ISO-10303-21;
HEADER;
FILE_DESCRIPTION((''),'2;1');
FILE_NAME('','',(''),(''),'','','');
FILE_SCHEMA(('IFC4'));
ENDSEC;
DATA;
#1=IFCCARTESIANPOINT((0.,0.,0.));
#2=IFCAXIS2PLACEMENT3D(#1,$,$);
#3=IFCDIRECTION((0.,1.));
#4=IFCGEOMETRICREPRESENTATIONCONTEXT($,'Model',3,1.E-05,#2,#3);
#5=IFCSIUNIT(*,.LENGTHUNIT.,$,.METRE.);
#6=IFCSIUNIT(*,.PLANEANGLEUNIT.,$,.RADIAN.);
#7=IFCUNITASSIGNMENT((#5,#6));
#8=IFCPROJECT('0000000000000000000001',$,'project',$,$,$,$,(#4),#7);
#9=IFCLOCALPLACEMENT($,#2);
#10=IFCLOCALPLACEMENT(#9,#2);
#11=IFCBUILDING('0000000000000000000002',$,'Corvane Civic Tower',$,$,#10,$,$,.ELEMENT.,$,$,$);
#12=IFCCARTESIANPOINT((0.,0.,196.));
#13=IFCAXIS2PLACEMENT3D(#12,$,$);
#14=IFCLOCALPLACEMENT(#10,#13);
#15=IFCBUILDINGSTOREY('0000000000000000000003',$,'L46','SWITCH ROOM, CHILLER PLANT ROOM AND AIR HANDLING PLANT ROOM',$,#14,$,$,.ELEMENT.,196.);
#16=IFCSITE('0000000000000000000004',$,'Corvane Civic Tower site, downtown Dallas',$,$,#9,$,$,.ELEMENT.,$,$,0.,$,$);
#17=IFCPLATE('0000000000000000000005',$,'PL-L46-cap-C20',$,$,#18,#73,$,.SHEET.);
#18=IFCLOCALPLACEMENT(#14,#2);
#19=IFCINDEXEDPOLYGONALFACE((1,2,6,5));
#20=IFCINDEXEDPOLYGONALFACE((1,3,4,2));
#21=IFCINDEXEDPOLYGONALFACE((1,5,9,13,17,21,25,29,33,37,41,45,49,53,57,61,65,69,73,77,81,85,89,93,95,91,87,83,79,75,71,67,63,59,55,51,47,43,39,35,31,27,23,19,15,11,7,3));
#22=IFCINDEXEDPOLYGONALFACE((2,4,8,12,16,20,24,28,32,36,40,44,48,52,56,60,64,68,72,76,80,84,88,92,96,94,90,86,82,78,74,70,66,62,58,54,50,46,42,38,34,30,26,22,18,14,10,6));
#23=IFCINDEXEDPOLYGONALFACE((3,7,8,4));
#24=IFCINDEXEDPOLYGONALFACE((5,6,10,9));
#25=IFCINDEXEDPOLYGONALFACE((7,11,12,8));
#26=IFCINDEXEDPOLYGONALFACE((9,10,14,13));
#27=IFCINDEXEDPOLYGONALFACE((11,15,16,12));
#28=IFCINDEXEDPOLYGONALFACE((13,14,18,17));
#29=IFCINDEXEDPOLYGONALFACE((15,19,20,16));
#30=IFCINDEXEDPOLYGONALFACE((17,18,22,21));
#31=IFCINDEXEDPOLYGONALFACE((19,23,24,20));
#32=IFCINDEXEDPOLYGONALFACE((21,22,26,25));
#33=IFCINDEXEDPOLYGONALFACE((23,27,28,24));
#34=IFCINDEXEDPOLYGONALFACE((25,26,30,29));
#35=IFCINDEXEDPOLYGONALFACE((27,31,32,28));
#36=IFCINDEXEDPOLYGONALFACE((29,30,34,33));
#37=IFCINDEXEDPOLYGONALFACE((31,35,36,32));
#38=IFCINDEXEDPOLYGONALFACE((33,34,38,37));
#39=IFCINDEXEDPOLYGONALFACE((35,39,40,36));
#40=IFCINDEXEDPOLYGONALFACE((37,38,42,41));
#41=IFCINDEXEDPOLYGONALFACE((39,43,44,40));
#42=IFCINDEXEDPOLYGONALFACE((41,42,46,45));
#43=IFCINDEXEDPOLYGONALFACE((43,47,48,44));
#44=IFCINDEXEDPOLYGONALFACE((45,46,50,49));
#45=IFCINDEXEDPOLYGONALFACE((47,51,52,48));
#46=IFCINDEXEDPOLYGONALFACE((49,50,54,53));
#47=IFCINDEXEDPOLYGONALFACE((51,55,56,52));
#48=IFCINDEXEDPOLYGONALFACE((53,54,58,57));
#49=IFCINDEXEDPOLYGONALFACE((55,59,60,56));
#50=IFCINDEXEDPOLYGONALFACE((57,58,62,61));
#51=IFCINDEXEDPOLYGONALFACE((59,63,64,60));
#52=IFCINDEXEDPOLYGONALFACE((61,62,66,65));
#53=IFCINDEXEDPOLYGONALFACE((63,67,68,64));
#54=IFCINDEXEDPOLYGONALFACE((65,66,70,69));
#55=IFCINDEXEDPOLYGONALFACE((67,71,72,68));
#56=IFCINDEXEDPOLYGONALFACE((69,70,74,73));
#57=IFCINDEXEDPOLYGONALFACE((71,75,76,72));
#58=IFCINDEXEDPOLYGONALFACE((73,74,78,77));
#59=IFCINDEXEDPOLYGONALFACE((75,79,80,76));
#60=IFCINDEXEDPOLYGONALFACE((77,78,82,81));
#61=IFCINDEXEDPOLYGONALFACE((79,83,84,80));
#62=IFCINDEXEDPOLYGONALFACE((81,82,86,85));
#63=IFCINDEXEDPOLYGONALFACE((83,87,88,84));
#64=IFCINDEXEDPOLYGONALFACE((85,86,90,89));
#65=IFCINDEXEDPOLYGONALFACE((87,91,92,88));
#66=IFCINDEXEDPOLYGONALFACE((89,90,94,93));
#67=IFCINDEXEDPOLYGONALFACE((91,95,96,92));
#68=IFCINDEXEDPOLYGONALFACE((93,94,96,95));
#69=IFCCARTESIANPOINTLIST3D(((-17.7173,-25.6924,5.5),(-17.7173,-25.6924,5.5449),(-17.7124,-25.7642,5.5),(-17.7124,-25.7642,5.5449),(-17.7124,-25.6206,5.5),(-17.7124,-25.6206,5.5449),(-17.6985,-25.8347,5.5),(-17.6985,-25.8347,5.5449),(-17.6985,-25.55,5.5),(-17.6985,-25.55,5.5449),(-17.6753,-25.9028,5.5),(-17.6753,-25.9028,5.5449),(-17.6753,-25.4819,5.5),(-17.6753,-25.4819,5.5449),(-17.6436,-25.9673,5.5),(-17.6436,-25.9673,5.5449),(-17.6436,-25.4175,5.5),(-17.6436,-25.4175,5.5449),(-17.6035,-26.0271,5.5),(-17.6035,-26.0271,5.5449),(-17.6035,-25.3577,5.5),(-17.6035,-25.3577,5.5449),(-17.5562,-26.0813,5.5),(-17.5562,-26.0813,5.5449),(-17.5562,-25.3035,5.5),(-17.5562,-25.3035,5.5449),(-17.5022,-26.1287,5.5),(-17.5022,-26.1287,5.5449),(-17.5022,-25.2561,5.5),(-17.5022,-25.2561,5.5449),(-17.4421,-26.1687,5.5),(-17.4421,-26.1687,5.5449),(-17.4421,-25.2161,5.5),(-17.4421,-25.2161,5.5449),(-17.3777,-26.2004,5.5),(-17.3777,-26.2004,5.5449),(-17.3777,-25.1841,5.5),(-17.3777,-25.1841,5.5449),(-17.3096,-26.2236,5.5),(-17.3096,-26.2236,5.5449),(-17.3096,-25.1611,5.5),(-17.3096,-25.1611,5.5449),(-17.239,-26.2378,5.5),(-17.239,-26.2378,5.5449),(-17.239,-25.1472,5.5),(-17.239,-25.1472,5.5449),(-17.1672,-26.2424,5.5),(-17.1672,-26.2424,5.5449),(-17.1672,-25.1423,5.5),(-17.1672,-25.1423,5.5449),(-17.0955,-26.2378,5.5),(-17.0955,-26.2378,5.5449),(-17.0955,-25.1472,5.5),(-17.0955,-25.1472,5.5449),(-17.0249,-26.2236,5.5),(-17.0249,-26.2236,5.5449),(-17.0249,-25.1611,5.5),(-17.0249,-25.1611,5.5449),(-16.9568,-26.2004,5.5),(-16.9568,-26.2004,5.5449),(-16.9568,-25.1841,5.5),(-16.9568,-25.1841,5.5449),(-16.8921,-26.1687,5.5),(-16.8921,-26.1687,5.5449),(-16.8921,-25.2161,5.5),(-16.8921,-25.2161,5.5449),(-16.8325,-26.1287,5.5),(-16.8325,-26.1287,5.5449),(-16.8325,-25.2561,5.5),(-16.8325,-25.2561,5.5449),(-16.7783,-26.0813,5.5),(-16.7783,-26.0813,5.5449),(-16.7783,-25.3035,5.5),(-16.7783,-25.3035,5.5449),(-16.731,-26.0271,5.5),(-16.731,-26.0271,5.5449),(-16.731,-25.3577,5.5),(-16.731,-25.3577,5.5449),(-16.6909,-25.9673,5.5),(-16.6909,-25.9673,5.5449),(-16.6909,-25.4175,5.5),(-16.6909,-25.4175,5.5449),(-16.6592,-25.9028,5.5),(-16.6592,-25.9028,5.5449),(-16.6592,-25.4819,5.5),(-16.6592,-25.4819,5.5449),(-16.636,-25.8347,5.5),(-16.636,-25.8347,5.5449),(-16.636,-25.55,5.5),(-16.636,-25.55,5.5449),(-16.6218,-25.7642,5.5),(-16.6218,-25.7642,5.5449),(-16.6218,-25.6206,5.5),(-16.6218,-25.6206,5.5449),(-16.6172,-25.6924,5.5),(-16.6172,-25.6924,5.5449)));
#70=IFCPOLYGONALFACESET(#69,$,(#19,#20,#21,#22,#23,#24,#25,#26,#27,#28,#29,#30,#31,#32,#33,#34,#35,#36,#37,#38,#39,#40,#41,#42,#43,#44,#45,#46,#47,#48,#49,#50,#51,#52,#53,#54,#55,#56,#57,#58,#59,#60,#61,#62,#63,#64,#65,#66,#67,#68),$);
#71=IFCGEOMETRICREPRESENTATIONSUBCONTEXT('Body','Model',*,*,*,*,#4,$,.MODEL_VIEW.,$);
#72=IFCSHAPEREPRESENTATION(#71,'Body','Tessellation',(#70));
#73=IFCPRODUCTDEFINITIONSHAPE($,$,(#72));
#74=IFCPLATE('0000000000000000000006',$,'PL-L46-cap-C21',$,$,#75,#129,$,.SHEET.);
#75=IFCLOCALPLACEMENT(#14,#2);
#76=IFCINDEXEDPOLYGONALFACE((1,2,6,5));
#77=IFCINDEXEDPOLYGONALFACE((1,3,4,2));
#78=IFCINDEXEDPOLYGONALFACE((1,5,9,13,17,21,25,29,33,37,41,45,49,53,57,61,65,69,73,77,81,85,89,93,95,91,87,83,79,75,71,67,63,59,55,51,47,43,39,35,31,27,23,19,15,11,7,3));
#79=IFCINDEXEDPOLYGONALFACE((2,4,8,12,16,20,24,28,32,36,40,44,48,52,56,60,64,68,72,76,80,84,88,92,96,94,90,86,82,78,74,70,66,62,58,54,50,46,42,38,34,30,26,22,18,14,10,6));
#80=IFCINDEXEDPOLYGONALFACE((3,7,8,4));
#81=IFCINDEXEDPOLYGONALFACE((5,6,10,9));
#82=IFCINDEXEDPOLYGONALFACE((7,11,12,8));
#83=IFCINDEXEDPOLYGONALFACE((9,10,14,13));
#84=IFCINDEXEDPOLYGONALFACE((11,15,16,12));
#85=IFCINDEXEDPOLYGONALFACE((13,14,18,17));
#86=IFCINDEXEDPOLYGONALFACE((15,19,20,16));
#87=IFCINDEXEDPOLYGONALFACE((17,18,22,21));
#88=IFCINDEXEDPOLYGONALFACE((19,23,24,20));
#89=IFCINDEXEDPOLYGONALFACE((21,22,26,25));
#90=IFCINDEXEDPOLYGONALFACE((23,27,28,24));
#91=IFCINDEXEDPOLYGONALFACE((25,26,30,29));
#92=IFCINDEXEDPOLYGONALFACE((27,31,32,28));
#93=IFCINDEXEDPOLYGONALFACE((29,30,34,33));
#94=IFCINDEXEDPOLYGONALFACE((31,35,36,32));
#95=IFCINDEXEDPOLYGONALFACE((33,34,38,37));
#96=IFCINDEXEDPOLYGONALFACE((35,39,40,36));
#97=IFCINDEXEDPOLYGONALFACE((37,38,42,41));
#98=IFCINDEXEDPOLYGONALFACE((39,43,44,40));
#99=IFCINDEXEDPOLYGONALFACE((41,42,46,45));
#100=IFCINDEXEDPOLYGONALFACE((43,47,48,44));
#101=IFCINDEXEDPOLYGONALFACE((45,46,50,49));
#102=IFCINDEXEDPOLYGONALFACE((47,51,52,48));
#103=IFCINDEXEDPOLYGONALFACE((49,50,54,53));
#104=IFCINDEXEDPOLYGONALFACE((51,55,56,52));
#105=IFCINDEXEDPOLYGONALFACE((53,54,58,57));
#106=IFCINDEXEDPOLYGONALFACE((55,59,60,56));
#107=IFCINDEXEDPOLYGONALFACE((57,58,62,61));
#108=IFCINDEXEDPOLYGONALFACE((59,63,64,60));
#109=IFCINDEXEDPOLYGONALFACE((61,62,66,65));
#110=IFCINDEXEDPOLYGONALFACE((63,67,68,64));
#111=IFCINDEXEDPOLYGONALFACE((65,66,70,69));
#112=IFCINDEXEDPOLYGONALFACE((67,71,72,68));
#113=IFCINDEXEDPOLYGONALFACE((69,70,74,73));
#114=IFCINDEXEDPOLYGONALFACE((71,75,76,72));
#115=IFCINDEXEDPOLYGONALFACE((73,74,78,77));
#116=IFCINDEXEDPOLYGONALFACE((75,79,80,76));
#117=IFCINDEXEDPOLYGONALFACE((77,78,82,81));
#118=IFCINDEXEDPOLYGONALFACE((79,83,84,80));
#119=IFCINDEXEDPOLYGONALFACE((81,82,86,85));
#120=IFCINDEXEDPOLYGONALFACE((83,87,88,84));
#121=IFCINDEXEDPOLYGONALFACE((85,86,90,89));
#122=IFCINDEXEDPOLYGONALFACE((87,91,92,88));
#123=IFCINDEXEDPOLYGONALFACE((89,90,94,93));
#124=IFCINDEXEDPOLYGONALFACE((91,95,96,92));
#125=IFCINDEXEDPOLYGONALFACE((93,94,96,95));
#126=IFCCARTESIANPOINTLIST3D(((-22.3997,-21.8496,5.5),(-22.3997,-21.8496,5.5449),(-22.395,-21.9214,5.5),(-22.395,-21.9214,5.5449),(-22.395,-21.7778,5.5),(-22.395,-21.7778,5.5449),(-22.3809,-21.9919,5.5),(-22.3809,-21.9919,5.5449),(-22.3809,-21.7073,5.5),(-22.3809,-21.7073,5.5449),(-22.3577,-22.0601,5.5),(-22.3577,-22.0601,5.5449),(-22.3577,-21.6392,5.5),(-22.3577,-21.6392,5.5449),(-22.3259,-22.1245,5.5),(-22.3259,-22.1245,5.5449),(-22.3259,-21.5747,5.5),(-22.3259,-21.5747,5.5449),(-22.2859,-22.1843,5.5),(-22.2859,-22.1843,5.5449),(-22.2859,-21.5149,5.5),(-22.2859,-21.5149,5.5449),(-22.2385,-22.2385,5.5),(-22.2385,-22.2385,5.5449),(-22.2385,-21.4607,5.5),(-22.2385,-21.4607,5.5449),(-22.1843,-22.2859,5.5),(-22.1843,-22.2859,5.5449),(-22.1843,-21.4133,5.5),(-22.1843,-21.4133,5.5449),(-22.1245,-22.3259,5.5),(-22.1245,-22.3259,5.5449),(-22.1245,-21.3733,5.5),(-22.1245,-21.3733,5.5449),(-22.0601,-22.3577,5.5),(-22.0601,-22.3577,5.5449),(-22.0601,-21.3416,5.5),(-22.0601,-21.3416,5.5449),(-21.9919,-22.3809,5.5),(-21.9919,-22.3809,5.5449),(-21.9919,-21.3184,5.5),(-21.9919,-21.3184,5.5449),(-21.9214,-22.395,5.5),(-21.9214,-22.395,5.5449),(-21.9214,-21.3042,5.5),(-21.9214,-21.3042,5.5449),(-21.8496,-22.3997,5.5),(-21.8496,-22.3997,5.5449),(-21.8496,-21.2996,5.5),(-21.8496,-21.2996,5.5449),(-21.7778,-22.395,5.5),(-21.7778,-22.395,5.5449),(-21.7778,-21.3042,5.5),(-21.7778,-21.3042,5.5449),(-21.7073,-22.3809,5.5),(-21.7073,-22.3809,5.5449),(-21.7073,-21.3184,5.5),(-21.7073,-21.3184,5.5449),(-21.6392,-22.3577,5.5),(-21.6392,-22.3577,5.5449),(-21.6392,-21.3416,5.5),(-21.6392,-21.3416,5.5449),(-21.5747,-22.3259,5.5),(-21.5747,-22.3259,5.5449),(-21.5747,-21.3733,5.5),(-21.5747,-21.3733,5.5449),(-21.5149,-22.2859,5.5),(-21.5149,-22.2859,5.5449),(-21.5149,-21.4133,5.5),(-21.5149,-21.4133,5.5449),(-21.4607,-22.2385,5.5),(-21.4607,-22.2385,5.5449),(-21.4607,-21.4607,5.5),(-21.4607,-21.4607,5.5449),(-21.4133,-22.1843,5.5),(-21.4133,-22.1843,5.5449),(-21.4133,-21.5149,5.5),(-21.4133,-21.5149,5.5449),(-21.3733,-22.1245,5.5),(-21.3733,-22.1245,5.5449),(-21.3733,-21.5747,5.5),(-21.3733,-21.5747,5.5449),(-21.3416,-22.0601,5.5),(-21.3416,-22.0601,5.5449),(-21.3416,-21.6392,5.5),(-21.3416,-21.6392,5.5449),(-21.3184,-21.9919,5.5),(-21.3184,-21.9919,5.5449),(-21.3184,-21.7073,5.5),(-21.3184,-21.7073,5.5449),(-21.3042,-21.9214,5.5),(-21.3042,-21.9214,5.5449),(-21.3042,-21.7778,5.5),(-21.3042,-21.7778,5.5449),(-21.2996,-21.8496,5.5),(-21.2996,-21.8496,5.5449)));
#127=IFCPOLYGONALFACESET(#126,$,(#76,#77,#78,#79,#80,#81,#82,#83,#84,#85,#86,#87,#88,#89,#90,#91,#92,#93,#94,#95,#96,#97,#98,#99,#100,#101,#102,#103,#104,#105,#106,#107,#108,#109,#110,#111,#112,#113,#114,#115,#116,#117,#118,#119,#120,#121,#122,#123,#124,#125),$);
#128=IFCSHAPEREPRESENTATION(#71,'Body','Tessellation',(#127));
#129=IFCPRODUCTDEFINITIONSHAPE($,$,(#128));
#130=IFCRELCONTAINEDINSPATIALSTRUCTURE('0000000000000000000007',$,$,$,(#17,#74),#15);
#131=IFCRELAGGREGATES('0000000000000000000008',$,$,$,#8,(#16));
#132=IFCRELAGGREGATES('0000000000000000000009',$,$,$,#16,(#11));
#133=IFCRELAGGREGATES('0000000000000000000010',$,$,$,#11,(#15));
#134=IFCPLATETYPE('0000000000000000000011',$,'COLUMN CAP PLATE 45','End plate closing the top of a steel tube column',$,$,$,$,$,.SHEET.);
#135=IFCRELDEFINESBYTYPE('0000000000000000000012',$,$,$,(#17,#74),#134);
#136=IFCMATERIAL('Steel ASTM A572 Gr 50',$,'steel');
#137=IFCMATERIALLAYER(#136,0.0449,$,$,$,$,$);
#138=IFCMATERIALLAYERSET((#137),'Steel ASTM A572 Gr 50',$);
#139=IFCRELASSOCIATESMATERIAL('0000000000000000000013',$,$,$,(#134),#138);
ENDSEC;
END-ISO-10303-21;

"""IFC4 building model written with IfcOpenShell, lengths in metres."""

from ifc_helpers import new_model, si_unit, direction, frame, origin, place, context, subcontext, project, spatial, polyline, outline, extrude, material, layer, layer_set, type_object, element, save


model = new_model("IFC4")

# Units and contexts
model_context = context("Model", 3, precision=1e-05, world=origin(), true_north=direction((0.0, 1.0)))
body_context = subcontext(model_context, "Body", "Model", "MODEL_VIEW")
ifc_project = project(units=[si_unit("LENGTHUNIT", "METRE"), si_unit("PLANEANGLEUNIT", "RADIAN")], contexts=[model_context])

# Site, building, storey
site_placement = place(None, origin())
site = spatial("IfcSite", under=ifc_project, at=site_placement, Name="Corvane Civic Tower site, downtown Dallas", CompositionType="ELEMENT", RefElevation=0.0)
building_placement = place(site_placement, origin())
building = spatial("IfcBuilding", under=site, at=building_placement, Name="Corvane Civic Tower", CompositionType="ELEMENT")
storey_placement = place(building_placement, frame((0.0, 0.0, 196.0)))
storey = spatial("IfcBuildingStorey", under=building, at=storey_placement, Name="L46", Description="SWITCH ROOM, CHILLER PLANT ROOM AND AIR HANDLING PLANT ROOM", CompositionType="ELEMENT", Elevation=196.0)

# Plates
ifc_material_1 = material(Name="Steel ASTM A572 Gr 50", Category="steel")
ifc_layer_1 = layer(ifc_material_1, 0.0449)
ifc_layer_set_1 = layer_set([ifc_layer_1], Name="Steel ASTM A572 Gr 50")
plate_type = type_object("IfcPlateType", Name="COLUMN CAP PLATE 45", Description="End plate closing the top of a steel tube column", PredefinedType="SHEET", material=ifc_layer_set_1)
plate_1_placement = place(storey_placement, frame((0.0, 0.0, 5.5)))
element("IfcPlate", 1, at=plate_1_placement, inside=storey, type_object=plate_type, Name="PL-L46-cap-C20", PredefinedType="SHEET", context=body_context, shape_type="SweptSolid", body=[
    extrude(outline(polyline([(-16.6172, -25.6924), (-16.6218, -25.6206), (-16.636, -25.55), (-16.6592, -25.4819), (-16.6909, -25.4175), (-16.731, -25.3577), (-16.7783, -25.3035), (-16.8325, -25.2561), (-16.8921, -25.2161), (-16.9568, -25.1841), (-17.0249, -25.1611), (-17.0955, -25.1472), (-17.1672, -25.1423), (-17.239, -25.1472), (-17.3096, -25.1611), (-17.3777, -25.1841), (-17.4421, -25.2161), (-17.5022, -25.2561), (-17.5562, -25.3035), (-17.6035, -25.3577), (-17.6436, -25.4175), (-17.6753, -25.4819), (-17.6985, -25.55), (-17.7124, -25.6206), (-17.7173, -25.6924), (-17.7124, -25.7642), (-17.6985, -25.8347), (-17.6753, -25.9028), (-17.6436, -25.9673), (-17.6035, -26.0271), (-17.5562, -26.0813), (-17.5022, -26.1287), (-17.4421, -26.1687), (-17.3777, -26.2004), (-17.3096, -26.2236), (-17.239, -26.2378), (-17.1672, -26.2424), (-17.0955, -26.2378), (-17.0249, -26.2236), (-16.9568, -26.2004), (-16.8921, -26.1687), (-16.8325, -26.1287), (-16.7783, -26.0813), (-16.731, -26.0271), (-16.6909, -25.9673), (-16.6592, -25.9028), (-16.636, -25.8347), (-16.6218, -25.7642), (-16.6172, -25.6924)])), origin(), (0.0, 0.0, 1.0), 0.0449),
])
plate_2_placement = place(storey_placement, frame((0.0, 0.0, 5.5)))
element("IfcPlate", 2, at=plate_2_placement, inside=storey, type_object=plate_type, Name="PL-L46-cap-C21", PredefinedType="SHEET", context=body_context, shape_type="SweptSolid", body=[
    extrude(outline(polyline([(-21.2996, -21.8496), (-21.3042, -21.7778), (-21.3184, -21.7073), (-21.3416, -21.6392), (-21.3733, -21.5747), (-21.4133, -21.5149), (-21.4607, -21.4607), (-21.5149, -21.4133), (-21.5747, -21.3733), (-21.6392, -21.3416), (-21.7073, -21.3184), (-21.7778, -21.3042), (-21.8496, -21.2996), (-21.9214, -21.3042), (-21.9919, -21.3184), (-22.0601, -21.3416), (-22.1245, -21.3733), (-22.1843, -21.4133), (-22.2385, -21.4607), (-22.2859, -21.5149), (-22.3259, -21.5747), (-22.3577, -21.6392), (-22.3809, -21.7073), (-22.395, -21.7778), (-22.3997, -21.8496), (-22.395, -21.9214), (-22.3809, -21.9919), (-22.3577, -22.0601), (-22.3259, -22.1245), (-22.2859, -22.1843), (-22.2385, -22.2385), (-22.1843, -22.2859), (-22.1245, -22.3259), (-22.0601, -22.3577), (-21.9919, -22.3809), (-21.9214, -22.395), (-21.8496, -22.3997), (-21.7778, -22.395), (-21.7073, -22.3809), (-21.6392, -22.3577), (-21.5747, -22.3259), (-21.5149, -22.2859), (-21.4607, -22.2385), (-21.4133, -22.1843), (-21.3733, -22.1245), (-21.3416, -22.0601), (-21.3184, -21.9919), (-21.3042, -21.9214), (-21.2996, -21.8496)])), origin(), (0.0, 0.0, 1.0), 0.0449),
])

save(model, "model.ifc")
